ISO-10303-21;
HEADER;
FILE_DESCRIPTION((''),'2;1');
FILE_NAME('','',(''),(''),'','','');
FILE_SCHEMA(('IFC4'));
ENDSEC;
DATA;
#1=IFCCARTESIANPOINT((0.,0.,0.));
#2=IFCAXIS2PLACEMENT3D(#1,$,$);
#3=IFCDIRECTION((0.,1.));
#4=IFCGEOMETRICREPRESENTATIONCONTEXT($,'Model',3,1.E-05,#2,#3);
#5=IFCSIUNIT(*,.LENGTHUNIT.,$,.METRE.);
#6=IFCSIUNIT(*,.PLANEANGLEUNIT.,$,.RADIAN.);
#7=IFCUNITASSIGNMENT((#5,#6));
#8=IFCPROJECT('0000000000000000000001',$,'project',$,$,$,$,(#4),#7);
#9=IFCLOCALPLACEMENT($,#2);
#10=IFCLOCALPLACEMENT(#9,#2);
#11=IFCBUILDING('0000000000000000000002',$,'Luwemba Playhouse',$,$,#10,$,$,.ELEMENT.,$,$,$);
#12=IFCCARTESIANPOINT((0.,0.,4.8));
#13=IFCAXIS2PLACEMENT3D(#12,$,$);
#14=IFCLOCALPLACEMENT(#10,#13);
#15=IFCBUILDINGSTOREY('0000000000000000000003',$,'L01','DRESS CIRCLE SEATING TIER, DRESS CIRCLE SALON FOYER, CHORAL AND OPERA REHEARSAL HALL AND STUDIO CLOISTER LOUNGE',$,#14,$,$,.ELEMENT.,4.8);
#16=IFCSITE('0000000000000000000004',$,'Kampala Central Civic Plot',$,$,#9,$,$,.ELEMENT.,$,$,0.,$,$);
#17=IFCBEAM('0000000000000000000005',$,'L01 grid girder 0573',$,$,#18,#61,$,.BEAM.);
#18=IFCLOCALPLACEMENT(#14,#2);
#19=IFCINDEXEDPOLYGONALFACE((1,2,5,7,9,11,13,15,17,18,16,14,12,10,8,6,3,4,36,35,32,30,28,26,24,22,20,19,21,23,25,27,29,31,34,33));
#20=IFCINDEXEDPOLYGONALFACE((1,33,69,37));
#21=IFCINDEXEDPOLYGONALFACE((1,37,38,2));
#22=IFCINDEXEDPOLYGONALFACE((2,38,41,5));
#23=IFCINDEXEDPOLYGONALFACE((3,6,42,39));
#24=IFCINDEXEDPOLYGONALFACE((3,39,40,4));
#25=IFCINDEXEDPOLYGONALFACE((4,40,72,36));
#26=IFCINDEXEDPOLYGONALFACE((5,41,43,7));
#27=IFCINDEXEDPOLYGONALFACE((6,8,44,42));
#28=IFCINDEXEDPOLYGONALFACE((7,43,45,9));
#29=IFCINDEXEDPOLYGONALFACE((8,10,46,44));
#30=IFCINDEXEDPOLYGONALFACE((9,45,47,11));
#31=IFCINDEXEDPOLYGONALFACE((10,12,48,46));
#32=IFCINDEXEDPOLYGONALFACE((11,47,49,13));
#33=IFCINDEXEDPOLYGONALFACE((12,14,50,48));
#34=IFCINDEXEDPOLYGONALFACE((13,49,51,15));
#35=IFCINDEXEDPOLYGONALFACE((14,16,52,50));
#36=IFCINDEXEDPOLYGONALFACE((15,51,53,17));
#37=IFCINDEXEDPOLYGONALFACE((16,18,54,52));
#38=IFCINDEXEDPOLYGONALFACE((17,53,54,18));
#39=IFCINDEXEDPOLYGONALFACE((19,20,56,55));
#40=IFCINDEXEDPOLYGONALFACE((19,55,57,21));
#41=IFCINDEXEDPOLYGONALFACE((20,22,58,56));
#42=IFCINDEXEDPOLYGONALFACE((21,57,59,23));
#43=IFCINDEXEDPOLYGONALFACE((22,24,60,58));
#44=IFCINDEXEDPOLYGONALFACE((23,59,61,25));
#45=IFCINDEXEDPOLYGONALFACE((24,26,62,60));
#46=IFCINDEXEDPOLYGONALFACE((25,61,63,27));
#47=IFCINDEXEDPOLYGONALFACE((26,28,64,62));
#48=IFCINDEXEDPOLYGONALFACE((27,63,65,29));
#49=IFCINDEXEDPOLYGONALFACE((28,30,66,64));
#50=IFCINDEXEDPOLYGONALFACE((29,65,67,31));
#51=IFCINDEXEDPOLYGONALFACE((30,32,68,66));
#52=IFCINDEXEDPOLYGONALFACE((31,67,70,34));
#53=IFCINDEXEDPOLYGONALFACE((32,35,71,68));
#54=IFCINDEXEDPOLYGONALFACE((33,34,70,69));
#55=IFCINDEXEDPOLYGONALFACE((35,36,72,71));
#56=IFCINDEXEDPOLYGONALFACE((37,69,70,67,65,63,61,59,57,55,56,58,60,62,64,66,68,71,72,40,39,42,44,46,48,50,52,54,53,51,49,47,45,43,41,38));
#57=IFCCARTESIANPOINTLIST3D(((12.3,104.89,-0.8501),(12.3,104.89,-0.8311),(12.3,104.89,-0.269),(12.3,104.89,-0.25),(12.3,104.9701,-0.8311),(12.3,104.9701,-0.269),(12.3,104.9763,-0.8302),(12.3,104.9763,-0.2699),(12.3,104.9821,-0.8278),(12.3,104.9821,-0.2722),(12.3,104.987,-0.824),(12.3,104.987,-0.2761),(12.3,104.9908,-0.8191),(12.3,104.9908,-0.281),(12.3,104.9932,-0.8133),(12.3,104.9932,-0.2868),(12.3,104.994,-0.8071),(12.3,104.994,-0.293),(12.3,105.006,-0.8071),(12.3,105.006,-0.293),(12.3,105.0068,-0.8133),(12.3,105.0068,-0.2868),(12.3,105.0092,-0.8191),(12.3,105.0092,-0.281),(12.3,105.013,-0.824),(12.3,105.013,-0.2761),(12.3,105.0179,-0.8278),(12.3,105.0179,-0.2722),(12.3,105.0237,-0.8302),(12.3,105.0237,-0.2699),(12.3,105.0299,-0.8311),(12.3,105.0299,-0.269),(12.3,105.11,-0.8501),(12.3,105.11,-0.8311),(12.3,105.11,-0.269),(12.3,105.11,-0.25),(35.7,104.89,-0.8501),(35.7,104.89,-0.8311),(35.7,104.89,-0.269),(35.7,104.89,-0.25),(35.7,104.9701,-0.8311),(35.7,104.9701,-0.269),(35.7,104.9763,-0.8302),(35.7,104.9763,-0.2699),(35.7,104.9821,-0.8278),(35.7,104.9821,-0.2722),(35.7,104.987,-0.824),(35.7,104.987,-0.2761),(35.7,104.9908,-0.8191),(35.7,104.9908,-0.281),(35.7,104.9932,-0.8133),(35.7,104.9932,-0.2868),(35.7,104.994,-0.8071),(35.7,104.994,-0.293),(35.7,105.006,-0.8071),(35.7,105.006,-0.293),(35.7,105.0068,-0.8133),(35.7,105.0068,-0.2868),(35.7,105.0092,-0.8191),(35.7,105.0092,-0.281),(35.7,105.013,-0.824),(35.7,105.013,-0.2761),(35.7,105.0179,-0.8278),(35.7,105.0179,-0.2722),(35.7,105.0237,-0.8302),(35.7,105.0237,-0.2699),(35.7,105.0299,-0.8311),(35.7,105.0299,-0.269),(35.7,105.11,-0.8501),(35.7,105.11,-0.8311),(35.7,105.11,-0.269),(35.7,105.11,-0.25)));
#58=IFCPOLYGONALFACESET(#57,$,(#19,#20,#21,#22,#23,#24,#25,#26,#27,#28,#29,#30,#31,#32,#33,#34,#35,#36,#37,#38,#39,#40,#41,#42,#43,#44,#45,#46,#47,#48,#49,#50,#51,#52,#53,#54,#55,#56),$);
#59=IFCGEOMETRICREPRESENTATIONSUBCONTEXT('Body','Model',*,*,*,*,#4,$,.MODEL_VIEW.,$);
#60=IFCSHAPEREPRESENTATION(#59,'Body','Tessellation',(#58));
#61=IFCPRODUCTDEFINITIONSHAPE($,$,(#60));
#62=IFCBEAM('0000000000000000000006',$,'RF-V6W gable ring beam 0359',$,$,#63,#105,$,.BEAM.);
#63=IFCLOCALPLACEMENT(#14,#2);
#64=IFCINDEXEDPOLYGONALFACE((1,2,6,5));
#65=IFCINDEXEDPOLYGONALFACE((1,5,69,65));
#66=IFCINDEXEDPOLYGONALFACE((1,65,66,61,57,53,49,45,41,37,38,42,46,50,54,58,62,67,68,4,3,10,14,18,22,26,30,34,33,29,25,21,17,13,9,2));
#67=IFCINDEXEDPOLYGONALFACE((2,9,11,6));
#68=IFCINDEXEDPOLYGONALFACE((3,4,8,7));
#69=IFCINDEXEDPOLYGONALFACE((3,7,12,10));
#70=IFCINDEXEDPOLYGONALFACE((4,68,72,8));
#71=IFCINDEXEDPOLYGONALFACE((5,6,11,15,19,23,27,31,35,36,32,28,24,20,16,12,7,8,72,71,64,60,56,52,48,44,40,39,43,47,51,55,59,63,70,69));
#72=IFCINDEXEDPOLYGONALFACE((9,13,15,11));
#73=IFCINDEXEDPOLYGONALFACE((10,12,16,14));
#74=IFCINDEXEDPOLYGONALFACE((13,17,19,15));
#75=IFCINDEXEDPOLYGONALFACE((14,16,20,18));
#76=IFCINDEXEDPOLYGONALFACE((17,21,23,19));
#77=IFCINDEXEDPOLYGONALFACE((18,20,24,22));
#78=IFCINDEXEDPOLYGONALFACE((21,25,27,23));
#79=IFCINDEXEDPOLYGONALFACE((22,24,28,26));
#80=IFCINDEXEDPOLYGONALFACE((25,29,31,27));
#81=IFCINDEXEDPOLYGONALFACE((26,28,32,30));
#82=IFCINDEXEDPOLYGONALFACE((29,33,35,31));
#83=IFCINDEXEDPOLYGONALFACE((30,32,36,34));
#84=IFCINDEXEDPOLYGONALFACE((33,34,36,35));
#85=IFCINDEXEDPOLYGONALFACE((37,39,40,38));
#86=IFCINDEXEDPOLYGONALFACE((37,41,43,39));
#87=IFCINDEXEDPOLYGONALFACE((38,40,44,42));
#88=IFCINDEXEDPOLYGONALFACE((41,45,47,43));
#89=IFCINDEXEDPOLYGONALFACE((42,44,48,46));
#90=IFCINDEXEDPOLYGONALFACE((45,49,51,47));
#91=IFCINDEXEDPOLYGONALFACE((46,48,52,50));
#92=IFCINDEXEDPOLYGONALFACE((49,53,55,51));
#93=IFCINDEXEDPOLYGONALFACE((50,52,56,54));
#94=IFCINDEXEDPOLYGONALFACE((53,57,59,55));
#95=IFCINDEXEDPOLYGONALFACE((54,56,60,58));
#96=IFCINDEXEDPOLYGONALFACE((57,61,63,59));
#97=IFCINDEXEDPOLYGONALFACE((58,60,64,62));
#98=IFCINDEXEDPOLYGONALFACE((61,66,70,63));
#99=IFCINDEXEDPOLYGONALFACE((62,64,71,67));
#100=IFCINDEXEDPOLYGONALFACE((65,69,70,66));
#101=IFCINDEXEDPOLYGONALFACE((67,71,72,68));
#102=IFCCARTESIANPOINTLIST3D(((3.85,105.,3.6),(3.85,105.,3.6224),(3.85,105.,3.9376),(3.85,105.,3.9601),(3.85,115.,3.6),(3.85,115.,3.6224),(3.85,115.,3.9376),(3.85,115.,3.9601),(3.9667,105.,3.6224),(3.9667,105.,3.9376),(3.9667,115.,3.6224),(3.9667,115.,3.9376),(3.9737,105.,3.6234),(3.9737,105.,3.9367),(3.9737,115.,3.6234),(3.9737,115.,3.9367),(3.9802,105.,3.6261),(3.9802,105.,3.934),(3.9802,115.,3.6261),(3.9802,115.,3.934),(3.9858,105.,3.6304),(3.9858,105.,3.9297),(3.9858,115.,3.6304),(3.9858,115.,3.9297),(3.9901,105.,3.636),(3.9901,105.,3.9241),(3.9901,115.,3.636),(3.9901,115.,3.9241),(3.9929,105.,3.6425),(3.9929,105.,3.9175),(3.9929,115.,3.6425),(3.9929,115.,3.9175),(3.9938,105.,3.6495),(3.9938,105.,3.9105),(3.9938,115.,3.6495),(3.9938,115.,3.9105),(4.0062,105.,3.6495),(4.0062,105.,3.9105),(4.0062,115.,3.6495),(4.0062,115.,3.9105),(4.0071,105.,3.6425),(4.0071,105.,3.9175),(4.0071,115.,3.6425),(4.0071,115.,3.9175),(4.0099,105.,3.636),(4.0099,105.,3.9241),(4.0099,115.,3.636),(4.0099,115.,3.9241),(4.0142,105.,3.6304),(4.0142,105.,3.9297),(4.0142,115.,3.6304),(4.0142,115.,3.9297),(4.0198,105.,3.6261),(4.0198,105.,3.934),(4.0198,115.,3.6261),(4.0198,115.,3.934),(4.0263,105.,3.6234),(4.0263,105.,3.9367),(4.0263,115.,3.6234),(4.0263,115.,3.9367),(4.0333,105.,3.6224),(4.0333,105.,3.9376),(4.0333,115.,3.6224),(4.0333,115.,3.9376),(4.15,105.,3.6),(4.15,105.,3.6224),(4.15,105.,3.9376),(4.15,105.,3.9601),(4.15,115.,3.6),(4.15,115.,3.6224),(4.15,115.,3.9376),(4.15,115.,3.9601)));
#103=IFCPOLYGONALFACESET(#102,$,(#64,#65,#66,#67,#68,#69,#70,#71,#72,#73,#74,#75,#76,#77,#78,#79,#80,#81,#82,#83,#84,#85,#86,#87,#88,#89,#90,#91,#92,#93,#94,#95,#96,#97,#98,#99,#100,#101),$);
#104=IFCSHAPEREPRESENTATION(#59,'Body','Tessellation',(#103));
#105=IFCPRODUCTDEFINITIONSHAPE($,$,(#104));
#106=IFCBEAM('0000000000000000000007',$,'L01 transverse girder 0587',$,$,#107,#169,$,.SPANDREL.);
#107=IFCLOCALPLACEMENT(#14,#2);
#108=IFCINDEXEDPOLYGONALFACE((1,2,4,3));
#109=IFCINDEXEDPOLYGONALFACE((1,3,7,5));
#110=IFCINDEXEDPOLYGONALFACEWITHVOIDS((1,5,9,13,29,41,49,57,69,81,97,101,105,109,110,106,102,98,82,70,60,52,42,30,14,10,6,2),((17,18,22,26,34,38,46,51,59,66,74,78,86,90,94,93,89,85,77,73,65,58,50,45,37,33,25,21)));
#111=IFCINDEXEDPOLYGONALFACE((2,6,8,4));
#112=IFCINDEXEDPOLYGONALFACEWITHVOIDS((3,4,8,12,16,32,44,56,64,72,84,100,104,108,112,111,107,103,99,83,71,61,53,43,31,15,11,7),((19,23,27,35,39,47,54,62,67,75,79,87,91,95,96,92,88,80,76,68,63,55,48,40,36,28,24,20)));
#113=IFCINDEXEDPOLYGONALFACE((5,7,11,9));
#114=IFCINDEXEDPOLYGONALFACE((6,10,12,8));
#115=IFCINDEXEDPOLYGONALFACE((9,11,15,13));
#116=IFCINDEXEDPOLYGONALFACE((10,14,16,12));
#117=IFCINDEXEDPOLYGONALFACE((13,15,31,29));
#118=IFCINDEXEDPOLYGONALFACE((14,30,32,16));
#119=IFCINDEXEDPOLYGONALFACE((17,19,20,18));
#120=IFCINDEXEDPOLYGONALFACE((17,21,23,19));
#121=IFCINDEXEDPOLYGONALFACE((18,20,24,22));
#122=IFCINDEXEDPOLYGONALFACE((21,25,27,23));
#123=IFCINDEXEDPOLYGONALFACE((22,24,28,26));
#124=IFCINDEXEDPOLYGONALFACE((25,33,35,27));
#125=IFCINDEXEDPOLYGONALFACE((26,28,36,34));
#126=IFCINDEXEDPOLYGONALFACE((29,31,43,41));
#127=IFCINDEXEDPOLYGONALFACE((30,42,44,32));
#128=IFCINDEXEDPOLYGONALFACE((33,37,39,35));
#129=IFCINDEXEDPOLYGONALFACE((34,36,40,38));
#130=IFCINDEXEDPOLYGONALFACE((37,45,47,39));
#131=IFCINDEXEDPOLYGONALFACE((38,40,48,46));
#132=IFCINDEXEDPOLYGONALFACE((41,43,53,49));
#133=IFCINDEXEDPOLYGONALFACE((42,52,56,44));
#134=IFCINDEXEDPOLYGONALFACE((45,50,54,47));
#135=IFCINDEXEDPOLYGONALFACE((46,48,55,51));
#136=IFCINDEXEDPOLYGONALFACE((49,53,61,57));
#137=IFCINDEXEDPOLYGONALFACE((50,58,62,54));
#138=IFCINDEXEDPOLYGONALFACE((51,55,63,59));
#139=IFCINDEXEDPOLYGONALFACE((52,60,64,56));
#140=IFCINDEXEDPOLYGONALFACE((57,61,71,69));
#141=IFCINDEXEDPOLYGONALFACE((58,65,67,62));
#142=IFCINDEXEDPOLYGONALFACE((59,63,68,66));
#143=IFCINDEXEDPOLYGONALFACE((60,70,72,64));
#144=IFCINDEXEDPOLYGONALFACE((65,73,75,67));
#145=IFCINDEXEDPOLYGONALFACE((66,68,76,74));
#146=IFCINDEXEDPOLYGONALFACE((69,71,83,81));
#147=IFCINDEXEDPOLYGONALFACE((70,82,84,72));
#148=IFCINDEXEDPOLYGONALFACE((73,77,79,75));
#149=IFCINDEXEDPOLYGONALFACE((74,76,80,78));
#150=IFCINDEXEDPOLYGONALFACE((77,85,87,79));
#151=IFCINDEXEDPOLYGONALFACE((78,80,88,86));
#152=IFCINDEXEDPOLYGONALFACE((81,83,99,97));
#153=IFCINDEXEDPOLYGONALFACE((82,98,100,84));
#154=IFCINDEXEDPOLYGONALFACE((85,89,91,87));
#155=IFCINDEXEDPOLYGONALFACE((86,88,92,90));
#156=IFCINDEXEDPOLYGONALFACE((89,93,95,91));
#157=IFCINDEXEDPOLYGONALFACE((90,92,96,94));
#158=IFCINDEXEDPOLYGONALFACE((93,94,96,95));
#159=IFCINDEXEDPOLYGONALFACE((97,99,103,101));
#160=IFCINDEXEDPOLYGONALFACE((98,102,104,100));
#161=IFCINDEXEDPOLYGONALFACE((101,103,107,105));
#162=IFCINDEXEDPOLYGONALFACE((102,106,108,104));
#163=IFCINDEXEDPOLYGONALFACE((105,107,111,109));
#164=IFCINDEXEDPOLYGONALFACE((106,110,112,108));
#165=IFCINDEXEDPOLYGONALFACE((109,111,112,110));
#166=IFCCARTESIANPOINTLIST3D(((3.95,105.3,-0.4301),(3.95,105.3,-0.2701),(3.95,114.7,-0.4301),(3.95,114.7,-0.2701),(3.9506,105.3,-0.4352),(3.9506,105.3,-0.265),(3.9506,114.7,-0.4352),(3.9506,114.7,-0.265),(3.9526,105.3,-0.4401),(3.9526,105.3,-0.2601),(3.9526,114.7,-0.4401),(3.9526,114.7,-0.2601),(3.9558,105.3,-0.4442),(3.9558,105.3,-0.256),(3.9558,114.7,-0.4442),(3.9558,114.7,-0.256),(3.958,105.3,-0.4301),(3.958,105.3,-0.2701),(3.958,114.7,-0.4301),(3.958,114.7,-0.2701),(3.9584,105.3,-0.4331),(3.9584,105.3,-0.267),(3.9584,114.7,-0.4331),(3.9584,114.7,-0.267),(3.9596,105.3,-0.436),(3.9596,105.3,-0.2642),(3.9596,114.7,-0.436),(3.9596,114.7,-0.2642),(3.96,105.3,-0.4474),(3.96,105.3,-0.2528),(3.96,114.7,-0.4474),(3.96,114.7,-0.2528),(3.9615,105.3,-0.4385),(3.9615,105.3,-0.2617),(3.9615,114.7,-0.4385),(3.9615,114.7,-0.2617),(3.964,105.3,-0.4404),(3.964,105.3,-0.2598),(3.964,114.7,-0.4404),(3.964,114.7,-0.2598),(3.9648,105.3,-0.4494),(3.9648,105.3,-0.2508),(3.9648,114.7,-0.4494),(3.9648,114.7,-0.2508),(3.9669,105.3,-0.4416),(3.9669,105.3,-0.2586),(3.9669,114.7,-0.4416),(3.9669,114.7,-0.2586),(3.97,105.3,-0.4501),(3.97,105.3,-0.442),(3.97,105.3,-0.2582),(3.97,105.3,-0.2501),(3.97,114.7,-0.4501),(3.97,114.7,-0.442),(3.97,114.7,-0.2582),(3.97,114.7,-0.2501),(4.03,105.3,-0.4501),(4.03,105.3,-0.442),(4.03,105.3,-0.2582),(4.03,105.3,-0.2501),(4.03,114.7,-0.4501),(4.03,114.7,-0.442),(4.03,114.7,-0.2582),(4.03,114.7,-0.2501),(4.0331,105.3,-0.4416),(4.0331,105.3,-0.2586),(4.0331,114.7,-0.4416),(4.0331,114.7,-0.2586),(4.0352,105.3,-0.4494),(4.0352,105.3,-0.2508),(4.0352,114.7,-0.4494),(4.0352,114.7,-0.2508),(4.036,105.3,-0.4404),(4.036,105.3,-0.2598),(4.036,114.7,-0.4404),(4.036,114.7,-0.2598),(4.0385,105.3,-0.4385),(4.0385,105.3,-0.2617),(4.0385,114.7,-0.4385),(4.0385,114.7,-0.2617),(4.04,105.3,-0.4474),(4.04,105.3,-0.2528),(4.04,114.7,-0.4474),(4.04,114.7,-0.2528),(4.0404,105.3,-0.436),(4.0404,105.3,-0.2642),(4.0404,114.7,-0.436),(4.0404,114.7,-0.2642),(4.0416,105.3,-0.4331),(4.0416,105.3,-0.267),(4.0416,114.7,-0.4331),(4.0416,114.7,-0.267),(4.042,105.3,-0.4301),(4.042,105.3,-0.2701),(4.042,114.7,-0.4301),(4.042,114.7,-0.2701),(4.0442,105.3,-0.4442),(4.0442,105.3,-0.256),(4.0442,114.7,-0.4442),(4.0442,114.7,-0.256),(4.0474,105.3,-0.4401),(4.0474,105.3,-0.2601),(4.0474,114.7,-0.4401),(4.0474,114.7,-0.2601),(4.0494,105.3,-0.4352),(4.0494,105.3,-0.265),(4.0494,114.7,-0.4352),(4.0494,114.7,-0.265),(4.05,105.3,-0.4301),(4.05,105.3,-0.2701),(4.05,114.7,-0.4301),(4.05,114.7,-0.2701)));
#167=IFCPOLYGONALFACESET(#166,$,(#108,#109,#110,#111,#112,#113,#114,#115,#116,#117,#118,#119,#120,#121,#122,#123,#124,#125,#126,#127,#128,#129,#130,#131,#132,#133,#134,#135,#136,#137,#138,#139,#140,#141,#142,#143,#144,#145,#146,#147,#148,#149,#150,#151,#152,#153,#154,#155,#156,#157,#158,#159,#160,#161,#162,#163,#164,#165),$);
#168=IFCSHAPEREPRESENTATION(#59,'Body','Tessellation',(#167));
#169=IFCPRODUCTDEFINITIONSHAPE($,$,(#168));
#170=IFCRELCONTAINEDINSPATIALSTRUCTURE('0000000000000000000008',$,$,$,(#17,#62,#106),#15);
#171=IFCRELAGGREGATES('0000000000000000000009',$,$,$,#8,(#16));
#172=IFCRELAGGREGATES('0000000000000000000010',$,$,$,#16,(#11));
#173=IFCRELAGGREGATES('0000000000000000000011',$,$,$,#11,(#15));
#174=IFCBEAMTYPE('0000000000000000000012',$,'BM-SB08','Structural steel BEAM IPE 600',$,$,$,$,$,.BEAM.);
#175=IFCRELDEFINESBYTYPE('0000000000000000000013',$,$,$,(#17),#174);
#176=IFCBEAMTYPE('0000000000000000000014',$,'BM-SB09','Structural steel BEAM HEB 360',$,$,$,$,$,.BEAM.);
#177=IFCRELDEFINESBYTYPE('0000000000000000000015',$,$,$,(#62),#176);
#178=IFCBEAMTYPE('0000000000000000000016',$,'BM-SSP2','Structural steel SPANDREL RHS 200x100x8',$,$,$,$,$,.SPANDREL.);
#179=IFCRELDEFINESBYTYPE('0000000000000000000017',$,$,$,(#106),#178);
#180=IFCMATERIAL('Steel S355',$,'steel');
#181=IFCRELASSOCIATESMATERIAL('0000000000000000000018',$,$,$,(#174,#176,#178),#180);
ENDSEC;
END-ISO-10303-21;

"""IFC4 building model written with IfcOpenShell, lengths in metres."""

from ifc_helpers import new_model, si_unit, direction, frame, origin, origin_2d, place, context, subcontext, project, spatial, hollow_rectangle, i_section, extrude, material, material_profile, profile_set, type_object, element, save


model = new_model("IFC4")

# Units and contexts
model_context = context("Model", 3, precision=1e-05, world=origin(), true_north=direction((0.0, 1.0)))
body_context = subcontext(model_context, "Body", "Model", "MODEL_VIEW")
ifc_project = project(units=[si_unit("LENGTHUNIT", "METRE"), si_unit("PLANEANGLEUNIT", "RADIAN")], contexts=[model_context])

# Site, building, storey
site_placement = place(None, origin())
site = spatial("IfcSite", under=ifc_project, at=site_placement, Name="Kampala Central Civic Plot", CompositionType="ELEMENT", RefElevation=0.0)
building_placement = place(site_placement, origin())
building = spatial("IfcBuilding", under=site, at=building_placement, Name="Luwemba Playhouse", CompositionType="ELEMENT")
storey_placement = place(building_placement, frame((0.0, 0.0, 4.8)))
storey = spatial("IfcBuildingStorey", under=building, at=storey_placement, Name="L01", Description="DRESS CIRCLE SEATING TIER, DRESS CIRCLE SALON FOYER, CHORAL AND OPERA REHEARSAL HALL AND STUDIO CLOISTER LOUNGE", CompositionType="ELEMENT", Elevation=4.8)

# Shared definitions
ifc_material_1 = material(Name="Steel S355", Category="steel")

# Beams
ifc_material_profile_1 = material_profile(ifc_material_1, i_section(OverallWidth=0.22, OverallDepth=0.6001, WebThickness=0.012, FlangeThickness=0.019, FilletRadius=0.0239, at=origin_2d()))
ifc_profile_set_1 = profile_set([ifc_material_profile_1], Name="Steel S355")
beam_type_1 = type_object("IfcBeamType", Name="BM-SB08", Description="Structural steel BEAM IPE 600", PredefinedType="BEAM", material=ifc_profile_set_1)
beam_1_placement = place(storey_placement, frame((12.3, 105.0, -0.55), z_axis=(1.0, 0.0, 0.0), x_axis=(0.0, 1.0, 0.0)))
element("IfcBeam", 1, at=beam_1_placement, inside=storey, type_object=beam_type_1, Name="L01 grid girder 0573", PredefinedType="BEAM", context=body_context, shape_type="SweptSolid", body=[
    extrude(i_section(OverallWidth=0.22, OverallDepth=0.6001, WebThickness=0.012, FlangeThickness=0.019, FilletRadius=0.0239, at=origin_2d()), origin(), (0.0, 0.0, 1.0), 23.3999),
])
ifc_material_profile_2 = material_profile(ifc_material_1, i_section(OverallWidth=0.3, OverallDepth=0.3601, WebThickness=0.0125, FlangeThickness=0.0225, FilletRadius=0.0271, at=origin_2d()))
ifc_profile_set_2 = profile_set([ifc_material_profile_2], Name="Steel S355")
beam_type_2 = type_object("IfcBeamType", Name="BM-SB09", Description="Structural steel BEAM HEB 360", PredefinedType="BEAM", material=ifc_profile_set_2)
beam_2_placement = place(storey_placement, frame((4.0, 105.0, 3.78), z_axis=(0.0, 1.0, 0.0), x_axis=(-1.0, 0.0, 0.0)))
element("IfcBeam", 2, at=beam_2_placement, inside=storey, type_object=beam_type_2, Name="RF-V6W gable ring beam 0359", PredefinedType="BEAM", context=body_context, shape_type="SweptSolid", body=[
    extrude(i_section(OverallWidth=0.3, OverallDepth=0.3601, WebThickness=0.0125, FlangeThickness=0.0225, FilletRadius=0.0271, at=origin_2d()), origin(), (0.0, 0.0, 1.0), 10.0),
])
ifc_material_profile_3 = material_profile(ifc_material_1, hollow_rectangle(XDim=0.1001, YDim=0.2, WallThickness=0.0081, InnerFilletRadius=0.012, OuterFilletRadius=0.02, at=origin_2d()))
ifc_profile_set_3 = profile_set([ifc_material_profile_3], Name="Steel S355")
beam_type_3 = type_object("IfcBeamType", Name="BM-SSP2", Description="Structural steel SPANDREL RHS 200x100x8", PredefinedType="SPANDREL", material=ifc_profile_set_3)
beam_3_placement = place(storey_placement, frame((4.0, 105.3, -0.3501), z_axis=(0.0, 1.0, 0.0), x_axis=(-1.0, 0.0, 0.0)))
element("IfcBeam", 3, at=beam_3_placement, inside=storey, type_object=beam_type_3, Name="L01 transverse girder 0587", PredefinedType="SPANDREL", context=body_context, shape_type="SweptSolid", body=[
    extrude(hollow_rectangle(XDim=0.1001, YDim=0.2, WallThickness=0.0081, InnerFilletRadius=0.012, OuterFilletRadius=0.02, at=origin_2d()), origin(), (0.0, 0.0, 1.0), 9.3999),
])

save(model, "model.ifc")
